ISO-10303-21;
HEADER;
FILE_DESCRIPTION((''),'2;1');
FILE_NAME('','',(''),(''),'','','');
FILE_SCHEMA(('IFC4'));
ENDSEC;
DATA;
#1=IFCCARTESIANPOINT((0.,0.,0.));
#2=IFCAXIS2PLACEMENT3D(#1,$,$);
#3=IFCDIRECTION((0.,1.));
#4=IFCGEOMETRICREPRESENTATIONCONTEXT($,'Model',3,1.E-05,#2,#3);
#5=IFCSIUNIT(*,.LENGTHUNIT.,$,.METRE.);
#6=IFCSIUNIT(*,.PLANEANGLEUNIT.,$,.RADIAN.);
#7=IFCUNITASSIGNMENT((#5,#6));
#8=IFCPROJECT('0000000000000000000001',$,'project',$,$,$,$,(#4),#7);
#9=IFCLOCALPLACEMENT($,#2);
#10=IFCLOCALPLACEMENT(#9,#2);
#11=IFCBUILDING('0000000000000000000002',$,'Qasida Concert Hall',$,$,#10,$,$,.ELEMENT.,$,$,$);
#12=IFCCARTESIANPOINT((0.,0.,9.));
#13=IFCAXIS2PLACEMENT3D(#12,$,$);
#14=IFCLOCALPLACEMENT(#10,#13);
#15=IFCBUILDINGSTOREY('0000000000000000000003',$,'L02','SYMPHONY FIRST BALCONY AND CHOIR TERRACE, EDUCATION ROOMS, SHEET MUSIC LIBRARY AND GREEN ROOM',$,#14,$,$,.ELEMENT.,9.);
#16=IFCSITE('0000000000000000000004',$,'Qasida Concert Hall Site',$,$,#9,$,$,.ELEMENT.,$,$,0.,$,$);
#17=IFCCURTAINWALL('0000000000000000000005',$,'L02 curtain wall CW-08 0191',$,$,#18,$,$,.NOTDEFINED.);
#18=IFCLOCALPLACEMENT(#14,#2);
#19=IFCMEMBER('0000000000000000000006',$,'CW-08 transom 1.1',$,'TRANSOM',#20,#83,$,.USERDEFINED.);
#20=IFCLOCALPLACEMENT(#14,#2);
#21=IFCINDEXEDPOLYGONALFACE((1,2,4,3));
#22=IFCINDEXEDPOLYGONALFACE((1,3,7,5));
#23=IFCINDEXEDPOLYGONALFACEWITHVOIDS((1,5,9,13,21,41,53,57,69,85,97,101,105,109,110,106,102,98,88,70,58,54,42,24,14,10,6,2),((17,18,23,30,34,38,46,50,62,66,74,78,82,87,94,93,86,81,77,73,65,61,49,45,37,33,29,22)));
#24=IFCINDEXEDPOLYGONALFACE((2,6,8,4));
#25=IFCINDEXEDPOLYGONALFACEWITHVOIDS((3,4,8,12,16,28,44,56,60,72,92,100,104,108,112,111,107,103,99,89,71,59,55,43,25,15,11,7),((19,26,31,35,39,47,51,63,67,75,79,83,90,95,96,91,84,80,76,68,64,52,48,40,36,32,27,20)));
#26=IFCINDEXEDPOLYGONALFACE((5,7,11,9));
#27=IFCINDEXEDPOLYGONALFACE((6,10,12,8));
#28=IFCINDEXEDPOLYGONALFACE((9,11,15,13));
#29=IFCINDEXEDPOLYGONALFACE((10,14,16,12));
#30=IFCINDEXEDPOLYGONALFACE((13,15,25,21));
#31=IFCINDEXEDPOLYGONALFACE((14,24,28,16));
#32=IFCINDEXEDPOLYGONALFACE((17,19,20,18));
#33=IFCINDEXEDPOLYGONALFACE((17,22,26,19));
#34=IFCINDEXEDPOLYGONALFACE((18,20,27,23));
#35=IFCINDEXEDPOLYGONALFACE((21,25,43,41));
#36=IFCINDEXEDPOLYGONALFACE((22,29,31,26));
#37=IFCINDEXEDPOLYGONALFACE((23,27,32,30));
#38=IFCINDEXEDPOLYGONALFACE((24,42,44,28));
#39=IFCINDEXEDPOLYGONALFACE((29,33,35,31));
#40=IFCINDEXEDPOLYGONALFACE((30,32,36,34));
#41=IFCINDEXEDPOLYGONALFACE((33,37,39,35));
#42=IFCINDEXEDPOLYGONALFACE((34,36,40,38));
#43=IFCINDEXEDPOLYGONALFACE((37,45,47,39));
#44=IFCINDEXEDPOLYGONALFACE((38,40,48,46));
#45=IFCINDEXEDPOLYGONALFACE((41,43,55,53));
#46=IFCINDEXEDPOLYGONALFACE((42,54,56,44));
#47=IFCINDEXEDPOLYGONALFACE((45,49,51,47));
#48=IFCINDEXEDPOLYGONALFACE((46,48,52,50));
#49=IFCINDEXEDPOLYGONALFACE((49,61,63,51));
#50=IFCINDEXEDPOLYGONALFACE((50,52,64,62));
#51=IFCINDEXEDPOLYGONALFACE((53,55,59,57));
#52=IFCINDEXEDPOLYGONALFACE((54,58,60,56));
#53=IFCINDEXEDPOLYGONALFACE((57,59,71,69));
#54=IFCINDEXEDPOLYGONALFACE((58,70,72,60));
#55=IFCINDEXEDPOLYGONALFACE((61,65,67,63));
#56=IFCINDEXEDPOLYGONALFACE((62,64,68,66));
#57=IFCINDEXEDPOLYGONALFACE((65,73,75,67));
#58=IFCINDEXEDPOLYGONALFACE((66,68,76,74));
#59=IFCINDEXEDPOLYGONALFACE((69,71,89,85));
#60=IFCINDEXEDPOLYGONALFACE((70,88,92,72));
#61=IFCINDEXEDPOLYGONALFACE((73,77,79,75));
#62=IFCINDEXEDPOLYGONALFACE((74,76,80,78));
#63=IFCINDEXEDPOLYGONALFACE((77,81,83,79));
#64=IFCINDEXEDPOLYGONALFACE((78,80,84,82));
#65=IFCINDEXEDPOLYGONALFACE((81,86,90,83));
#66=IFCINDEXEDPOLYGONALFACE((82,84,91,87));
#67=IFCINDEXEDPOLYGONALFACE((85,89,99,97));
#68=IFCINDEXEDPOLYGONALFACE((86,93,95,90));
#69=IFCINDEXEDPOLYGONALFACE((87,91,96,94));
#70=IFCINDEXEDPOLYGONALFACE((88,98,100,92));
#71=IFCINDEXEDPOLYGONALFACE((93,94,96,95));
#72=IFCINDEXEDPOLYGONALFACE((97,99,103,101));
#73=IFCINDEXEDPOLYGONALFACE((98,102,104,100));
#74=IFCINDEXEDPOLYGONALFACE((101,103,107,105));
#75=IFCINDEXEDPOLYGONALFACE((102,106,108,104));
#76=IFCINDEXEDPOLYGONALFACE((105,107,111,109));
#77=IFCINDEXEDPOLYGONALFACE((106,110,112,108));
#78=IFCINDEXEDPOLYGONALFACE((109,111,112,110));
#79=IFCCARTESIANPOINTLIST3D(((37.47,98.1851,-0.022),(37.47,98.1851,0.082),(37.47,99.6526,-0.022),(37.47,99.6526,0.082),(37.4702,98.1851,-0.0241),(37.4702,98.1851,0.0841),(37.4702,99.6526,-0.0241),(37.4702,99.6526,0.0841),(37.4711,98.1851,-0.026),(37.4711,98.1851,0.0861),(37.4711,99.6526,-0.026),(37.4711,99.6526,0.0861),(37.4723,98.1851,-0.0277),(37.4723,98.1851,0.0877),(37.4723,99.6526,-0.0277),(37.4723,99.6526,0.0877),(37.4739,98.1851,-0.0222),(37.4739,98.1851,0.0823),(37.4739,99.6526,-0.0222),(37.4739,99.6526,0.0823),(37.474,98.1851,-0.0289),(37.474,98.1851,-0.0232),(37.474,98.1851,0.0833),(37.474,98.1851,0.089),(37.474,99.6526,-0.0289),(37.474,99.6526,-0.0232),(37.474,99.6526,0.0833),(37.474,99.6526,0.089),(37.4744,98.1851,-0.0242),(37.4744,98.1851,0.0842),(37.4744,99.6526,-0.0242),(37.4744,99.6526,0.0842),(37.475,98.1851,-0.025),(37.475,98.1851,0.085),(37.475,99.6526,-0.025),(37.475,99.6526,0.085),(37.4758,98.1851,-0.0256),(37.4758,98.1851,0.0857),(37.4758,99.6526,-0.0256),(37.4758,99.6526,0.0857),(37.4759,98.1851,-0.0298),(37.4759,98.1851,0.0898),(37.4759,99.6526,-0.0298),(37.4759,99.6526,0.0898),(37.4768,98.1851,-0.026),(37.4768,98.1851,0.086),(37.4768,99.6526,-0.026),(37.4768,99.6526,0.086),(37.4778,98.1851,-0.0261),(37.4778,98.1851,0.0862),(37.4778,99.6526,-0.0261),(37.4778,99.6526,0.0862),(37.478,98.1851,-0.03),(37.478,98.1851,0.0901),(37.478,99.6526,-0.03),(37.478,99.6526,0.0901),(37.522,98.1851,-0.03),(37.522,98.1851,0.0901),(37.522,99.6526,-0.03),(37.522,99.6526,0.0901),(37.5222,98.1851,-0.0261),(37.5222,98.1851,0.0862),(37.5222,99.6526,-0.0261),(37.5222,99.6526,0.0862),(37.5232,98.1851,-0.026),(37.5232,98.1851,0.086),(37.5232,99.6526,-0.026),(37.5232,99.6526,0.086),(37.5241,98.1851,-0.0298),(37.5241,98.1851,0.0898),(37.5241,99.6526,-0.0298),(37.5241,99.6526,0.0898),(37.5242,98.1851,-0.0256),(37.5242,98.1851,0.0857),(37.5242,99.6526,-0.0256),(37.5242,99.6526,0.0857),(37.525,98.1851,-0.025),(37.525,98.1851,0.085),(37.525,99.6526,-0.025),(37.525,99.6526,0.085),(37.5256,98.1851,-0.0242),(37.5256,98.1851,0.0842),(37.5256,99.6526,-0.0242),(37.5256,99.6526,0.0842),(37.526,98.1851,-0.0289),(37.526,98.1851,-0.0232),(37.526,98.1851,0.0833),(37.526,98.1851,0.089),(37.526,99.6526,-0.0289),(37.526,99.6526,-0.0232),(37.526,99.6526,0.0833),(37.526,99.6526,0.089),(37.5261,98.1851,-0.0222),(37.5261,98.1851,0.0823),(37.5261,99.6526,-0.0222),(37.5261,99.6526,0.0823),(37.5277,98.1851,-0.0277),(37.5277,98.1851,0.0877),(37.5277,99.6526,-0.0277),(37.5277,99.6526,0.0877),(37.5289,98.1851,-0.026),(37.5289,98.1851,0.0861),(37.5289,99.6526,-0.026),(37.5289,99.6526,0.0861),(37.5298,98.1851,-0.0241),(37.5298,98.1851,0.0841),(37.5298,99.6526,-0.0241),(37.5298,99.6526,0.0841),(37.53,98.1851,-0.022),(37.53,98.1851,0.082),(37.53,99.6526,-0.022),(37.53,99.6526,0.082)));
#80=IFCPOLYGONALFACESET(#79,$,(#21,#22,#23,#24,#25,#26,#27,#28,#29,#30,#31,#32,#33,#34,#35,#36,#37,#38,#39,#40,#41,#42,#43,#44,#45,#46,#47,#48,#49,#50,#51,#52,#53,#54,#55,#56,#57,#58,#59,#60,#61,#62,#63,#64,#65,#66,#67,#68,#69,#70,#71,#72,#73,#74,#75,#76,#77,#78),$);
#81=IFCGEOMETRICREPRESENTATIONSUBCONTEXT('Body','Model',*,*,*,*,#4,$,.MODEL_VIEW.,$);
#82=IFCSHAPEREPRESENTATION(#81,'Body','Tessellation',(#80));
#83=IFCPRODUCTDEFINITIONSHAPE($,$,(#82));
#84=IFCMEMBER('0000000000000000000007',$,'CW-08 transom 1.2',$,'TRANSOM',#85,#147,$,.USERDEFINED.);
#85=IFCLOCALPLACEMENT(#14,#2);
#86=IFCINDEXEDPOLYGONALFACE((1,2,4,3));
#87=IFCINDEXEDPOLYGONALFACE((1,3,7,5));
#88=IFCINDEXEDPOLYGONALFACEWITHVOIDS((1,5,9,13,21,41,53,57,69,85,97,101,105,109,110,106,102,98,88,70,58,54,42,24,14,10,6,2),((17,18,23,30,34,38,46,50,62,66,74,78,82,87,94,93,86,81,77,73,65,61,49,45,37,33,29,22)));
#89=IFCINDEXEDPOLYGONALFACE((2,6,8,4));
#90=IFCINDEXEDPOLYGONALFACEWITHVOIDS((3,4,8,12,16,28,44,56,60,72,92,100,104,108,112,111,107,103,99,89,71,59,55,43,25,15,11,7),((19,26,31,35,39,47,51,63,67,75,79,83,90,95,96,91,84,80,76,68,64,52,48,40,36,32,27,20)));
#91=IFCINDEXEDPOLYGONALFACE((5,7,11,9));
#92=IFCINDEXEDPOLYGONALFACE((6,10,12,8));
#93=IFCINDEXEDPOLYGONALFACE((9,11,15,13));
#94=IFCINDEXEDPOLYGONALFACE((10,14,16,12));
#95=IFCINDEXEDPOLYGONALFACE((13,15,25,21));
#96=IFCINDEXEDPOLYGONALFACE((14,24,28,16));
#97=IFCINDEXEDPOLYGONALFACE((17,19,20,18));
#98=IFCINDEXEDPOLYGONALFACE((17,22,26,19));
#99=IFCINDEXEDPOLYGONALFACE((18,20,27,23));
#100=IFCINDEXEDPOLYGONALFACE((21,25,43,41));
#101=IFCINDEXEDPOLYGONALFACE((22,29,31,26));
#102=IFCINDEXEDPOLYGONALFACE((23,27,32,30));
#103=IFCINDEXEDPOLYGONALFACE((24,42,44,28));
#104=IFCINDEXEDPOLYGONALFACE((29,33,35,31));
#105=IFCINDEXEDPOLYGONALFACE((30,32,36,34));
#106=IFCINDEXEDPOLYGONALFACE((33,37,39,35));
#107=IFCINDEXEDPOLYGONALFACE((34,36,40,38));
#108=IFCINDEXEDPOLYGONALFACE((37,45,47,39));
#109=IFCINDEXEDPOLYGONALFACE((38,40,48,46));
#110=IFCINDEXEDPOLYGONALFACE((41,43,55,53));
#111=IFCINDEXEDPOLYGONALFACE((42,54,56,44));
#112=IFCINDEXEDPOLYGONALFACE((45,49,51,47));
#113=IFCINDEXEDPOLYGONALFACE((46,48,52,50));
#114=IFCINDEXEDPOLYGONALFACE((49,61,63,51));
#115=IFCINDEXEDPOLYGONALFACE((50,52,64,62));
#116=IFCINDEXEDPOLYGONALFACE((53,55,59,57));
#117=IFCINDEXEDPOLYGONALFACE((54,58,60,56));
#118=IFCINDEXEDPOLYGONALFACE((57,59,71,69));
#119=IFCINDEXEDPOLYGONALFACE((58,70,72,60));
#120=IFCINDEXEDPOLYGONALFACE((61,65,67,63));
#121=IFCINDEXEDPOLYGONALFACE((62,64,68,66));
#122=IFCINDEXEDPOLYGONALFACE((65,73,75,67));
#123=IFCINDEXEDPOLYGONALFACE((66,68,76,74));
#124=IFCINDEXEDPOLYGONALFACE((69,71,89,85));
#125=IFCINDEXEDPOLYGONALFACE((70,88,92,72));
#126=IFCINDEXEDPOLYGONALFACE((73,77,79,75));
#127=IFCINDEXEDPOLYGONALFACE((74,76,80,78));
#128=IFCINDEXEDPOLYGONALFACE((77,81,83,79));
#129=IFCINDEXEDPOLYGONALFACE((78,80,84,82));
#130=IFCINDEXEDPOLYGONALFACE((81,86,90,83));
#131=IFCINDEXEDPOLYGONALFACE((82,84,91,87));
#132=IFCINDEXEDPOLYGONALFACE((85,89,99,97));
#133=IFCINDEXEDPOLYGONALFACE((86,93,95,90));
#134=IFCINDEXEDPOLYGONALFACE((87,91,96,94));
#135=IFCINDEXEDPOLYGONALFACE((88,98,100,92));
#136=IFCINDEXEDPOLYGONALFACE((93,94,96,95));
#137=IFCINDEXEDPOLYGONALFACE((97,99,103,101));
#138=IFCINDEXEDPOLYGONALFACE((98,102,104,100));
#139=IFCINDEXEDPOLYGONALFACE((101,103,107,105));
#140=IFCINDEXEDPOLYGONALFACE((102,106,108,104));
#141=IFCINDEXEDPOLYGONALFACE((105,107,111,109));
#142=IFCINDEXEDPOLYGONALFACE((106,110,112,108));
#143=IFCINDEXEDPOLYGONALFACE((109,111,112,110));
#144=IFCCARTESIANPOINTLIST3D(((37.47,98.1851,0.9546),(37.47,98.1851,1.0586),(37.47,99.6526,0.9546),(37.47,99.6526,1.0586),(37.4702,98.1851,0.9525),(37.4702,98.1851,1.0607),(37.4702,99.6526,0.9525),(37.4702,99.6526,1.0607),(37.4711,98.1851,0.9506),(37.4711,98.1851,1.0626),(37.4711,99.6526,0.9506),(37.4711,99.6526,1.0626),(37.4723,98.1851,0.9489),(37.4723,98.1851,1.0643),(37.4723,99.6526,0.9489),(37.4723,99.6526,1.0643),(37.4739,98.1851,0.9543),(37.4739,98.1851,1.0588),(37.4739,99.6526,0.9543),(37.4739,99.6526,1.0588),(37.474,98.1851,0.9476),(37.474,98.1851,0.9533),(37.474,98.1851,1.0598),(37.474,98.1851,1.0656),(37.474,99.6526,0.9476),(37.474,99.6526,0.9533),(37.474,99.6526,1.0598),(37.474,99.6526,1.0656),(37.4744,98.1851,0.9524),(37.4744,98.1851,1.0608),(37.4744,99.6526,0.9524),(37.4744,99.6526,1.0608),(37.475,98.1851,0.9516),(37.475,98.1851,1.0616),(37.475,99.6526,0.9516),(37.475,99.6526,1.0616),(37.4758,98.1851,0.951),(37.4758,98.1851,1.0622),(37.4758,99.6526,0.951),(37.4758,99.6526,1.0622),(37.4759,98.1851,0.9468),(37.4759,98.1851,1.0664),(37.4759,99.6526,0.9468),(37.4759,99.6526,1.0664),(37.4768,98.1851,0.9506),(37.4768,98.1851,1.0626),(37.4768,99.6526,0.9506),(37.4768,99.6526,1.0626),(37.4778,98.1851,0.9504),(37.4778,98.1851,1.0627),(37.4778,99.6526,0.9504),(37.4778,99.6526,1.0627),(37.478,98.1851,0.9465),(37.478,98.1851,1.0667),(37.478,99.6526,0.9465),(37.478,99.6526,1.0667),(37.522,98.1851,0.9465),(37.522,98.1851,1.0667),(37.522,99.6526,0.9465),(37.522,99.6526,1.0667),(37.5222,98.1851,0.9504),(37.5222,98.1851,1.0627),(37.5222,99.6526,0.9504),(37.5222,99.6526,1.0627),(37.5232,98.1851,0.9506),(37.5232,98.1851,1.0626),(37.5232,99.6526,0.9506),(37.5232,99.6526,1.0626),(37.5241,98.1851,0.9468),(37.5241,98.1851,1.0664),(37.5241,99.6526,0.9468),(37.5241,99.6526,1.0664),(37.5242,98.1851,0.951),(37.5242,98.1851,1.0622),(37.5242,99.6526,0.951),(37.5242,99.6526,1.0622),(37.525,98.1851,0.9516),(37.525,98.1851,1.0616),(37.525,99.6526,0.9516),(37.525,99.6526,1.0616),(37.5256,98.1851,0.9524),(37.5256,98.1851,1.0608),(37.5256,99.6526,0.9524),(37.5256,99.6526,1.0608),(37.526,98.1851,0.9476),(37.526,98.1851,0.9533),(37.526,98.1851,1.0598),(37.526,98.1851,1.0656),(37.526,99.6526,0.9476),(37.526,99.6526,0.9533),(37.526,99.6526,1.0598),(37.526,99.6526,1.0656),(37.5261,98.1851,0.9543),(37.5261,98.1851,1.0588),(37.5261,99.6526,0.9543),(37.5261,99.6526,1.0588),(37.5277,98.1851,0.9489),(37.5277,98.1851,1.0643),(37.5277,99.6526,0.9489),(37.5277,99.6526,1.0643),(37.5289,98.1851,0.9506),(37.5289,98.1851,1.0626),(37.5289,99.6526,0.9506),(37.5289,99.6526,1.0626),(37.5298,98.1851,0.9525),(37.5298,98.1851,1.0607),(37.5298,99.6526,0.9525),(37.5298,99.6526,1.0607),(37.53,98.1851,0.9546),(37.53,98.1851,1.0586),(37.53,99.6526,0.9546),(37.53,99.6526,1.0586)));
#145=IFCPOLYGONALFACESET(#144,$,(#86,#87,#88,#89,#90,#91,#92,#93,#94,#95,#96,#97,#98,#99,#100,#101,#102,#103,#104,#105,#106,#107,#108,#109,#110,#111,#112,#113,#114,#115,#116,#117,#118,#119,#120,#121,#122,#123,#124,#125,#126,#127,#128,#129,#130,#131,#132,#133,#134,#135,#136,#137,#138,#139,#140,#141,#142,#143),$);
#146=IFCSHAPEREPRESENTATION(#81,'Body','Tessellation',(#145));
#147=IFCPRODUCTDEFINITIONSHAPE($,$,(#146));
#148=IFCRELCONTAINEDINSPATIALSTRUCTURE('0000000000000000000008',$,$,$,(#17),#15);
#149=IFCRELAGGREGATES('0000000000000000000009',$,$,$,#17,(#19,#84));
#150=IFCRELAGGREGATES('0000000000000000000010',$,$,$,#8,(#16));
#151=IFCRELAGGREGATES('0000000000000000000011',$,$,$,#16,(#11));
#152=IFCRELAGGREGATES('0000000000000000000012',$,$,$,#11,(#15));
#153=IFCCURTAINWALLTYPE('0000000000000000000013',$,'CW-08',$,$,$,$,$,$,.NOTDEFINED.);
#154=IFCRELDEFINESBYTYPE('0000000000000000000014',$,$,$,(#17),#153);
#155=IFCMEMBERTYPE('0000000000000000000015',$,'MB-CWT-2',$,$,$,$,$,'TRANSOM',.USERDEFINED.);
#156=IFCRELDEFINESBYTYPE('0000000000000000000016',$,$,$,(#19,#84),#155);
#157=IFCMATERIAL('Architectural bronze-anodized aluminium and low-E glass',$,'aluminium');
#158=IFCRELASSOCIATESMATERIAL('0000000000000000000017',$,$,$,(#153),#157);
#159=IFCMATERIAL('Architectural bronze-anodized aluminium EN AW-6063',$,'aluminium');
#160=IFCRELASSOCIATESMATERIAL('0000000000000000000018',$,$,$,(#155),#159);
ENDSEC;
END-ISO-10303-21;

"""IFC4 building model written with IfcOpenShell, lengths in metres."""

from ifc_helpers import new_model, si_unit, direction, frame, origin, origin_2d, place, context, subcontext, project, spatial, hollow_rectangle, extrude, material, material_profile, profile_set, type_object, element, aggregate, save


model = new_model("IFC4")

# Units and contexts
model_context = context("Model", 3, precision=1e-05, world=origin(), true_north=direction((0.0, 1.0)))
body_context = subcontext(model_context, "Body", "Model", "MODEL_VIEW")
ifc_project = project(units=[si_unit("LENGTHUNIT", "METRE"), si_unit("PLANEANGLEUNIT", "RADIAN")], contexts=[model_context])

# Site, building, storey
site_placement = place(None, origin())
site = spatial("IfcSite", under=ifc_project, at=site_placement, Name="Qasida Concert Hall Site", CompositionType="ELEMENT", RefElevation=0.0)
building_placement = place(site_placement, origin())
building = spatial("IfcBuilding", under=site, at=building_placement, Name="Qasida Concert Hall", CompositionType="ELEMENT")
storey_placement = place(building_placement, frame((0.0, 0.0, 9.0)))
storey = spatial("IfcBuildingStorey", under=building, at=storey_placement, Name="L02", Description="SYMPHONY FIRST BALCONY AND CHOIR TERRACE, EDUCATION ROOMS, SHEET MUSIC LIBRARY AND GREEN ROOM", CompositionType="ELEMENT", Elevation=9.0)

# Shared definitions
ifc_material_1 = material(Name="Architectural bronze-anodized aluminium and low-E glass", Category="aluminium")
curtain_wall_type = type_object("IfcCurtainWallType", Name="CW-08", PredefinedType="NOTDEFINED", material=ifc_material_1)
ifc_material_2 = material(Name="Architectural bronze-anodized aluminium EN AW-6063", Category="aluminium")

# Curtain wall
curtain_wall_1_placement = place(storey_placement, origin())
curtain_wall_1 = element("IfcCurtainWall", 1, at=curtain_wall_1_placement, inside=storey, type_object=curtain_wall_type, Name="L02 curtain wall CW-08 0191", PredefinedType="NOTDEFINED")

# Members
ifc_material_profile_1 = material_profile(ifc_material_2, hollow_rectangle(XDim=0.0601, YDim=0.1201, WallThickness=0.0039, InnerFilletRadius=0.0039, OuterFilletRadius=0.0081, at=origin_2d()), Name="CWT 120x60x4")
ifc_profile_set_1 = profile_set([ifc_material_profile_1], Name="Architectural bronze-anodized aluminium EN AW-6063")
member_type_1 = type_object("IfcMemberType", Name="MB-CWT-2", ElementType="TRANSOM", PredefinedType="USERDEFINED", material=ifc_profile_set_1)
member_1_placement = place(storey_placement, frame((37.5, 98.1851, 0.03), z_axis=(0.0, 1.0, 0.0), x_axis=(-1.0, 0.0, 0.0)))
member_1 = element("IfcMember", 2, at=member_1_placement, type_object=member_type_1, Name="CW-08 transom 1.1", ObjectType="TRANSOM", PredefinedType="USERDEFINED", context=body_context, shape_type="SweptSolid", body=[
    extrude(hollow_rectangle(XDim=0.0601, YDim=0.1201, WallThickness=0.0039, InnerFilletRadius=0.0039, OuterFilletRadius=0.0081, at=origin_2d()), origin(), (0.0, 0.0, 1.0), 1.4675),
])
member_2_placement = place(storey_placement, frame((37.5, 98.1851, 1.0066), z_axis=(0.0, 1.0, 0.0), x_axis=(-1.0, 0.0, 0.0)))
member_2 = element("IfcMember", 3, at=member_2_placement, type_object=member_type_1, Name="CW-08 transom 1.2", ObjectType="TRANSOM", PredefinedType="USERDEFINED", context=body_context, shape_type="SweptSolid", body=[
    extrude(hollow_rectangle(XDim=0.0601, YDim=0.1201, WallThickness=0.0039, InnerFilletRadius=0.0039, OuterFilletRadius=0.0081, at=origin_2d()), origin(), (0.0, 0.0, 1.0), 1.4675),
])

aggregate(curtain_wall_1, [member_1, member_2])

save(model, "model.ifc")
